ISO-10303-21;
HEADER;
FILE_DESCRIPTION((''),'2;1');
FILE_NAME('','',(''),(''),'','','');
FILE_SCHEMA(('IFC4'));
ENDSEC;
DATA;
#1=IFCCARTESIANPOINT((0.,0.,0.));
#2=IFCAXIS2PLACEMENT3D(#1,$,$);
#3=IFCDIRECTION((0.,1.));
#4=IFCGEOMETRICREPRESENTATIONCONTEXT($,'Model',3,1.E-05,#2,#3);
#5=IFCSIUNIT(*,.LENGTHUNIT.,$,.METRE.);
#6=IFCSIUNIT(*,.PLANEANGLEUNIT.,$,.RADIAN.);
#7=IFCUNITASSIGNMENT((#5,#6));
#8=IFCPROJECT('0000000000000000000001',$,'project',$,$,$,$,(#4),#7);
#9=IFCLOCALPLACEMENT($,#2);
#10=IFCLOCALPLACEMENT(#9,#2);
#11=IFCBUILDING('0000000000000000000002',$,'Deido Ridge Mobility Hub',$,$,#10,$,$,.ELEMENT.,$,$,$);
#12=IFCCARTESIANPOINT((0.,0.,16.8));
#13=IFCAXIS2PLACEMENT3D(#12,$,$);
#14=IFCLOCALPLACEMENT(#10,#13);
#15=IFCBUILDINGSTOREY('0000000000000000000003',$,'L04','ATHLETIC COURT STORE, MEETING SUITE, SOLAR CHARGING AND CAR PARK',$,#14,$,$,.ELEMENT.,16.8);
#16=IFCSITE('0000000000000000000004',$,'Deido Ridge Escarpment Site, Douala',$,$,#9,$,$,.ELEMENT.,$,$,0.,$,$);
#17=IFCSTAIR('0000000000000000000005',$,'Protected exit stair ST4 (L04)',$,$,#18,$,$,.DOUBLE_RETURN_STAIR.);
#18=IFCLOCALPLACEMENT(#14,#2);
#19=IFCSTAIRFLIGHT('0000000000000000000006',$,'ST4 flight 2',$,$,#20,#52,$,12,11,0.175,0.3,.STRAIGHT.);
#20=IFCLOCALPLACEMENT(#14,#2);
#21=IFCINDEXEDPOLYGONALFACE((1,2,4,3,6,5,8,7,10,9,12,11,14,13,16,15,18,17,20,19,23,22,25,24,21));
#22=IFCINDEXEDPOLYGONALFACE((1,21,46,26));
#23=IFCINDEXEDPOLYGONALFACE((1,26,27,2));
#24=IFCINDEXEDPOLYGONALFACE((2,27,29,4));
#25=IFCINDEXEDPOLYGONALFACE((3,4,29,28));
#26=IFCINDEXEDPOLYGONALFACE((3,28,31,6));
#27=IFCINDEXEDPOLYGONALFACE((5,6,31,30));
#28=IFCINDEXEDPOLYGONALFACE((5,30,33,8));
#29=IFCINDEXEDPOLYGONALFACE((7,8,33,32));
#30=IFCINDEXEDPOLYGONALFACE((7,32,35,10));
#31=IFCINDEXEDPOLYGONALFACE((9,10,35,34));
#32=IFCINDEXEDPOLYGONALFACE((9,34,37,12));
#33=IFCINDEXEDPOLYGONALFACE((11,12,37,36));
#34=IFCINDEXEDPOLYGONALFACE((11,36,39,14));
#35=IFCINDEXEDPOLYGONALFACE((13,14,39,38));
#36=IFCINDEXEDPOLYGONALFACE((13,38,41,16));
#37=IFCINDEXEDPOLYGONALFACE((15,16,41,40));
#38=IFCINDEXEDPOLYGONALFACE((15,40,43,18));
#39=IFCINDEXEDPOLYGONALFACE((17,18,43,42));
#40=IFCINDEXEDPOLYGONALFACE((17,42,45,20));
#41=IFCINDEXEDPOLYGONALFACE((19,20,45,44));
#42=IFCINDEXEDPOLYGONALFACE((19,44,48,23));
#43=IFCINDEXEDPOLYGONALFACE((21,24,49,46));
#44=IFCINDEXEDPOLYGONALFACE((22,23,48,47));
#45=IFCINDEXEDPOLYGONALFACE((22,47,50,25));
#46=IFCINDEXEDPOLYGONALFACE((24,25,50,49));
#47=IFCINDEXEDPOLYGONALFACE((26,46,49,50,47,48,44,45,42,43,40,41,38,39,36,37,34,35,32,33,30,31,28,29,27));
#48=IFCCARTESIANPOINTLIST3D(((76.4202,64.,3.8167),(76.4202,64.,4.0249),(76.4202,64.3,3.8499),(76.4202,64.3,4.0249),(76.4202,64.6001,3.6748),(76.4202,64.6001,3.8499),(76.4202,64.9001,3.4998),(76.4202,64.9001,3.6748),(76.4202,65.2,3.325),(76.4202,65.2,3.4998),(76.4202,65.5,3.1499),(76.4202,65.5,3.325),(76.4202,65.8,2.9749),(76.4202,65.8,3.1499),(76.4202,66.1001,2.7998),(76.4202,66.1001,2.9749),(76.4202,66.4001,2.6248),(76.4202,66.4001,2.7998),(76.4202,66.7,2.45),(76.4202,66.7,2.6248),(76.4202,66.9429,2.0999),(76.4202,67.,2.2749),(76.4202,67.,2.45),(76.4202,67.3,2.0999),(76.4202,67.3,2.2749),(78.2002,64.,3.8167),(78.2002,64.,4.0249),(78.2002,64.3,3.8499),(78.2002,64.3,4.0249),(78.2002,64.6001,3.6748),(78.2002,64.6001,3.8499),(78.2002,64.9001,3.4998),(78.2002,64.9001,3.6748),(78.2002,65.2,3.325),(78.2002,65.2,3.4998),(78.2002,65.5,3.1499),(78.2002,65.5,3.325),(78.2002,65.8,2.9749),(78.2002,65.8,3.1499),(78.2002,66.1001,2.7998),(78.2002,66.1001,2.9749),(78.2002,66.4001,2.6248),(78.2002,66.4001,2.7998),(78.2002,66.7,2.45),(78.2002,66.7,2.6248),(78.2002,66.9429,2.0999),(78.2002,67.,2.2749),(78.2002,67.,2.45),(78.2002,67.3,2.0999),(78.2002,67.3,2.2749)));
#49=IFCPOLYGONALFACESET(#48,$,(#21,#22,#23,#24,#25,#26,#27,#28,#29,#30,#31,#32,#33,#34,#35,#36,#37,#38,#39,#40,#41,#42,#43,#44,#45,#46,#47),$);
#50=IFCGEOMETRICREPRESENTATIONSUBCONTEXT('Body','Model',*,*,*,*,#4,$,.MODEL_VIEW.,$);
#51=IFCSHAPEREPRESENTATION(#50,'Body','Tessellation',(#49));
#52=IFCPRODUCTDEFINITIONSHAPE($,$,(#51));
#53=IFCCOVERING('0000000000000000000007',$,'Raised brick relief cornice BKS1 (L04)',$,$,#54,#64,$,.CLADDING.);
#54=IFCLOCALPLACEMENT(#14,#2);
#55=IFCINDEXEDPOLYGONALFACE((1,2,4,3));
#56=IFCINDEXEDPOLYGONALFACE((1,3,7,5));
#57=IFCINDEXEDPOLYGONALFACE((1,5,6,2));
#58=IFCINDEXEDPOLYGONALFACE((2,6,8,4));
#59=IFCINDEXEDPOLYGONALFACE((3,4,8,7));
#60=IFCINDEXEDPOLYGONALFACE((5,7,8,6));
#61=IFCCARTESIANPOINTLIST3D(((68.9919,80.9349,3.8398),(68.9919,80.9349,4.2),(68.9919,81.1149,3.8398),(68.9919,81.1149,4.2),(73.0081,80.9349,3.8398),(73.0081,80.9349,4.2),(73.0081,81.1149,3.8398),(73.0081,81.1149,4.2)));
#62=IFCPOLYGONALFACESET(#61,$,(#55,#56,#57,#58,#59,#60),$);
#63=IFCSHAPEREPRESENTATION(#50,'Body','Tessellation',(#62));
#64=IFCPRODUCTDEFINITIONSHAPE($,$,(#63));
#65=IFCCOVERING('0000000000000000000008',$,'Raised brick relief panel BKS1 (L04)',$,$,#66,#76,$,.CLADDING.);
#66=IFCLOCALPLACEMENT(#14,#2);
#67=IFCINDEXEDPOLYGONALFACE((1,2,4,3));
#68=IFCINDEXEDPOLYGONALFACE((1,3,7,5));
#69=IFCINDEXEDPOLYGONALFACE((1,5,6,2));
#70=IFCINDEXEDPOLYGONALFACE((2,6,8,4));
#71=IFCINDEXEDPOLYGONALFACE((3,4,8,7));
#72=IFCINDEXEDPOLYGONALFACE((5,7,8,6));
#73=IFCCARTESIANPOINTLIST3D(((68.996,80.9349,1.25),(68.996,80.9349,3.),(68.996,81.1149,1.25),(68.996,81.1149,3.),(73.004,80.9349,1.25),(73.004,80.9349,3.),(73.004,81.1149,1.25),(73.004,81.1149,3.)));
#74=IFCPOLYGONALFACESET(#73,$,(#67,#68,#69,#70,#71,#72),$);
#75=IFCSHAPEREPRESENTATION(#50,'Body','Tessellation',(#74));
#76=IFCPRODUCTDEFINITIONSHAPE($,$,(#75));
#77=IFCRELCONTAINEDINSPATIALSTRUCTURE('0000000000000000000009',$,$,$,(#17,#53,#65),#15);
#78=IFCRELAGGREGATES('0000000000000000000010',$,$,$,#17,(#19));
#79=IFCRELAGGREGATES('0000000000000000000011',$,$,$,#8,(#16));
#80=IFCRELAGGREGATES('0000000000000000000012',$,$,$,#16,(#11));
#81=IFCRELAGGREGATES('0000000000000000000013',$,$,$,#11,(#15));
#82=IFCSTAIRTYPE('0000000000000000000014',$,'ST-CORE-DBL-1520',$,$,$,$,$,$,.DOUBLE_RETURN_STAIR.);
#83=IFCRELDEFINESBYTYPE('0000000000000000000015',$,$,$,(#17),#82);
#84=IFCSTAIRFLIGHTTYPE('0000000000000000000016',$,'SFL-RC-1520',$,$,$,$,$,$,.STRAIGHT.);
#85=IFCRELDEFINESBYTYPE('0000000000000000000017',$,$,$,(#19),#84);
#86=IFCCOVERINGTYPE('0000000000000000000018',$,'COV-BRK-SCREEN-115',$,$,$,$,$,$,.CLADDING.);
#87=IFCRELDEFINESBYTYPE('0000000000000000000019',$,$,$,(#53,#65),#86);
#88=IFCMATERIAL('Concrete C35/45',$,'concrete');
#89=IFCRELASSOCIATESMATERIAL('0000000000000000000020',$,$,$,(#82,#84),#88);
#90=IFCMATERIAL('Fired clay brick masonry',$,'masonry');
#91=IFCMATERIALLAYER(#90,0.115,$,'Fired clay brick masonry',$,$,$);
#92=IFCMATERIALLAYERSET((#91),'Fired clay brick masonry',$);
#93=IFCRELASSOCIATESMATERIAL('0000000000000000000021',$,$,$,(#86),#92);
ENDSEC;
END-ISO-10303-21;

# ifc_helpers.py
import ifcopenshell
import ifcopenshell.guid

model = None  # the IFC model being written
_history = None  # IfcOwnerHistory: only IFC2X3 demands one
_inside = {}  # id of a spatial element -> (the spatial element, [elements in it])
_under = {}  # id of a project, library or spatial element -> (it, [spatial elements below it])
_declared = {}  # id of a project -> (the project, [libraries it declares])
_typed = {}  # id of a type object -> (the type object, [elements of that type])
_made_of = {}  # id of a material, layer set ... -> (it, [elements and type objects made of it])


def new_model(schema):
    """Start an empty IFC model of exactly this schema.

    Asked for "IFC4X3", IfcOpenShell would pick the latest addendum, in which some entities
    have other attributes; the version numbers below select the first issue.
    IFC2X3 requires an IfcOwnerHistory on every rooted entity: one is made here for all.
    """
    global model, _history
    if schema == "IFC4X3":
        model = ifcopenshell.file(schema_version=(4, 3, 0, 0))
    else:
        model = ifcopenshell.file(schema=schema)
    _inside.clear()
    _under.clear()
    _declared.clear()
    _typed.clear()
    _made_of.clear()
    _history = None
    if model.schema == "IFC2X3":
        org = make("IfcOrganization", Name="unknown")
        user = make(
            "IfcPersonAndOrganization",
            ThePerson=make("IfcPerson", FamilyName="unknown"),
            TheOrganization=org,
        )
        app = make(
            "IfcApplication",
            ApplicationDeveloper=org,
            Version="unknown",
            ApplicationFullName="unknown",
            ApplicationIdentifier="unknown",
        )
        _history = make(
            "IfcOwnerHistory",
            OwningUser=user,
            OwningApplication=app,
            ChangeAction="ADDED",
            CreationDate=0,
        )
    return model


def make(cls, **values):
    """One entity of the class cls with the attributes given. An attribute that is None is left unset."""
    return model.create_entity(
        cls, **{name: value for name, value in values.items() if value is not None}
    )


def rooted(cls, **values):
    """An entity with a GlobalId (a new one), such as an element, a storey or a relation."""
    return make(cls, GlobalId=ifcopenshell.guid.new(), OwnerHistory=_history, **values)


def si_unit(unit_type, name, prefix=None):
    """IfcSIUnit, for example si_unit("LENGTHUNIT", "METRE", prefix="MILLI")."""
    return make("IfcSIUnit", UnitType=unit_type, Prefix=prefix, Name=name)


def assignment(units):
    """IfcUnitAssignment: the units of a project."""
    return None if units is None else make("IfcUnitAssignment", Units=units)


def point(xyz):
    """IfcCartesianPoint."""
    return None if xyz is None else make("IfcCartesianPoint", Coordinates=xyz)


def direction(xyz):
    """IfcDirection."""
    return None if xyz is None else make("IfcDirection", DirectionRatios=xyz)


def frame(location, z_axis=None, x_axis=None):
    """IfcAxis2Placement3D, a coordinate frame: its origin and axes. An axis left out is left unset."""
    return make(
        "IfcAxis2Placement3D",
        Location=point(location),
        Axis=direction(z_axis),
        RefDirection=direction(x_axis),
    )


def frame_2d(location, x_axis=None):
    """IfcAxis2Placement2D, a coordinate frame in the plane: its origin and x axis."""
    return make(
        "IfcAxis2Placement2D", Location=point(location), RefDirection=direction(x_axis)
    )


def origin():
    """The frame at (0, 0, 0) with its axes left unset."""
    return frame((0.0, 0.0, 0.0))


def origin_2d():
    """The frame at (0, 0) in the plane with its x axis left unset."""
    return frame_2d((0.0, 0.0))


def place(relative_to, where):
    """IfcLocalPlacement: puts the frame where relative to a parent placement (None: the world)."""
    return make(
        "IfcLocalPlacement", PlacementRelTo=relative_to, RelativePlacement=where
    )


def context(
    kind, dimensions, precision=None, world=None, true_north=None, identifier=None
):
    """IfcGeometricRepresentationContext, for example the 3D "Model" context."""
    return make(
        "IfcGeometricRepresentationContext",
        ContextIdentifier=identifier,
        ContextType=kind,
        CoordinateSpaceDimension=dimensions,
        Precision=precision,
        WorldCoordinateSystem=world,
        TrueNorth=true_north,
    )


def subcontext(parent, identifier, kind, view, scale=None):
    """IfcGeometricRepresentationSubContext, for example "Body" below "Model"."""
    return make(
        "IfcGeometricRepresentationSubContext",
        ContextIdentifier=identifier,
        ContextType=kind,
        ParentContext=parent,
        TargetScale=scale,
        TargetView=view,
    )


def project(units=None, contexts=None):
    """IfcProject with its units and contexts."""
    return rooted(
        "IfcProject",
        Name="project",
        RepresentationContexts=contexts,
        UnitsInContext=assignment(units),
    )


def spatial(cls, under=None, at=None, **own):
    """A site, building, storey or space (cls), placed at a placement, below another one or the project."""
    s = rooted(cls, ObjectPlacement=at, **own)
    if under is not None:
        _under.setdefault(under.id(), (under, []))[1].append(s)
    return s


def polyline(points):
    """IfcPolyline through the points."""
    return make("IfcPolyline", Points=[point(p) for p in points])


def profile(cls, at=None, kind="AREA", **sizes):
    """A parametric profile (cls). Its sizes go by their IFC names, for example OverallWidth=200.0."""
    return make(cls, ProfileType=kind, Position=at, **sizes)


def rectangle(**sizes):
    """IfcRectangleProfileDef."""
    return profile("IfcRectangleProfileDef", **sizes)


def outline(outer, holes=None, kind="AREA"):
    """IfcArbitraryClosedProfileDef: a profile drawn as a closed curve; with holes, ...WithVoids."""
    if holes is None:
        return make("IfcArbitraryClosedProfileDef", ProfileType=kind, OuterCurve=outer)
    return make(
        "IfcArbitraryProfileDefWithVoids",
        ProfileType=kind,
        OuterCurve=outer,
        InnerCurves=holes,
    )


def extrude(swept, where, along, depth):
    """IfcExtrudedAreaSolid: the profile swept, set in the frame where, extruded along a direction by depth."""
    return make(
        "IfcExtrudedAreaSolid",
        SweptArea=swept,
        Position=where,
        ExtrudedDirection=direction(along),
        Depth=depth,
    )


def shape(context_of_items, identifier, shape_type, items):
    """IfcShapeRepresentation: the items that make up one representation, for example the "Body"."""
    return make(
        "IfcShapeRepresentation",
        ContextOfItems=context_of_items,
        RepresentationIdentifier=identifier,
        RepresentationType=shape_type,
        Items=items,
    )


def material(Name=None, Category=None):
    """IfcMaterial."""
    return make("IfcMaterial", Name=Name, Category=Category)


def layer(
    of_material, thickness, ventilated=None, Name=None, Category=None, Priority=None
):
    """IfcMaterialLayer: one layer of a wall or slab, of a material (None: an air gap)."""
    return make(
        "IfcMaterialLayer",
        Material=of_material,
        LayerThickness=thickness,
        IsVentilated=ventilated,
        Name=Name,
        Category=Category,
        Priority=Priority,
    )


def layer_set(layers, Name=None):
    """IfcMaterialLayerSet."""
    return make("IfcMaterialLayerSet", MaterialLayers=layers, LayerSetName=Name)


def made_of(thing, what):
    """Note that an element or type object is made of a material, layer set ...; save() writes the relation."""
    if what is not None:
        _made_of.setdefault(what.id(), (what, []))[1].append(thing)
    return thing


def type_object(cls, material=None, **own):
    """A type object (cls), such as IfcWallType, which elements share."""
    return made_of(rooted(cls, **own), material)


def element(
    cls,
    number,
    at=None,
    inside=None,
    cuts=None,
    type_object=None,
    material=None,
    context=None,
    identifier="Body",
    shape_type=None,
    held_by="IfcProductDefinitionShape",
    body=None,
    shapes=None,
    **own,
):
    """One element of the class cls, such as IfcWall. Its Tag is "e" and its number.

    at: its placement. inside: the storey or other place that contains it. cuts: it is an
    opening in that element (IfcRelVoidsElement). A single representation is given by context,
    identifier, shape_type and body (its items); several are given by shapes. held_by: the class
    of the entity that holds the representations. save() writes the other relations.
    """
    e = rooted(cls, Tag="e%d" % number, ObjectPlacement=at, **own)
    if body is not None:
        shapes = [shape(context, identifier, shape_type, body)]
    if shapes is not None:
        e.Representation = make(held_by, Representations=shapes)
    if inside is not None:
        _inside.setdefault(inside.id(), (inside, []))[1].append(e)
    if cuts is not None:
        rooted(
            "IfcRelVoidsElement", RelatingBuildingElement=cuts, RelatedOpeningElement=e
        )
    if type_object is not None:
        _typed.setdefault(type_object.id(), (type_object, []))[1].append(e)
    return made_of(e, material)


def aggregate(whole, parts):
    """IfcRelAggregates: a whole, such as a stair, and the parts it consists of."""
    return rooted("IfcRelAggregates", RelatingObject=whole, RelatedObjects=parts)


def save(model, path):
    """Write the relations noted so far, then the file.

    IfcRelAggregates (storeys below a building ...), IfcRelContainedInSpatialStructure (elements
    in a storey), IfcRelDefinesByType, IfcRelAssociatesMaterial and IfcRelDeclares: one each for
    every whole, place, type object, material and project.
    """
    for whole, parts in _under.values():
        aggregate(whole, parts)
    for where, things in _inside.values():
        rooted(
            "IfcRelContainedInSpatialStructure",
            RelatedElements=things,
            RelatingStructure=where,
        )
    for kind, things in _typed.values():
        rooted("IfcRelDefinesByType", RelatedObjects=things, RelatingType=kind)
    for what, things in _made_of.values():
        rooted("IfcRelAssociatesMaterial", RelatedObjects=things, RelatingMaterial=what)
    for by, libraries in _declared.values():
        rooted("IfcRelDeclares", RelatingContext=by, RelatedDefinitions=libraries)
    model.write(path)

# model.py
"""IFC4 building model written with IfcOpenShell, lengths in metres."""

from ifc_helpers import new_model, si_unit, direction, frame, origin, origin_2d, place, context, subcontext, project, spatial, polyline, rectangle, outline, extrude, material, layer, layer_set, type_object, element, aggregate, save


model = new_model("IFC4")

# Units and contexts
model_context = context("Model", 3, precision=1e-05, world=origin(), true_north=direction((0.0, 1.0)))
body_context = subcontext(model_context, "Body", "Model", "MODEL_VIEW")
ifc_project = project(units=[si_unit("LENGTHUNIT", "METRE"), si_unit("PLANEANGLEUNIT", "RADIAN")], contexts=[model_context])

# Site, building, storey
site_placement = place(None, origin())
site = spatial("IfcSite", under=ifc_project, at=site_placement, Name="Deido Ridge Escarpment Site, Douala", CompositionType="ELEMENT", RefElevation=0.0)
building_placement = place(site_placement, origin())
building = spatial("IfcBuilding", under=site, at=building_placement, Name="Deido Ridge Mobility Hub", CompositionType="ELEMENT")
storey_placement = place(building_placement, frame((0.0, 0.0, 16.8)))
storey = spatial("IfcBuildingStorey", under=building, at=storey_placement, Name="L04", Description="ATHLETIC COURT STORE, MEETING SUITE, SOLAR CHARGING AND CAR PARK", CompositionType="ELEMENT", Elevation=16.8)

# Shared definitions
ifc_material_1 = material(Name="Concrete C35/45", Category="concrete")

# Stair, stair flight
stair_type = type_object("IfcStairType", Name="ST-CORE-DBL-1520", PredefinedType="DOUBLE_RETURN_STAIR", material=ifc_material_1)
stair_placement = place(storey_placement, origin())
stair = element("IfcStair", 1, at=stair_placement, inside=storey, type_object=stair_type, Name="Protected exit stair ST4 (L04)", PredefinedType="DOUBLE_RETURN_STAIR")
stair_flight_type = type_object("IfcStairFlightType", Name="SFL-RC-1520", PredefinedType="STRAIGHT", material=ifc_material_1)
stair_flight_1_placement = place(storey_placement, frame((77.3101, 67.3, 2.0999), z_axis=(0.0, 0.0, 1.0), x_axis=(0.0, -1.0, 0.0)))
stair_flight_1 = element("IfcStairFlight", 2, at=stair_flight_1_placement, type_object=stair_flight_type, Name="ST4 flight 2", NumberOfRisers=12, NumberOfTreads=11, PredefinedType="STRAIGHT", RiserHeight=0.175, TreadLength=0.3, context=body_context, shape_type="SweptSolid", body=[
    extrude(outline(polyline([(0.0, 0.0), (0.0, 0.175), (0.3, 0.175), (0.3, 0.3501), (0.6001, 0.3501), (0.6001, 0.5249), (0.8999, 0.5249), (0.8999, 0.7), (1.2, 0.7), (1.2, 0.875), (1.5, 0.875), (1.5, 1.05), (1.8, 1.05), (1.8, 1.2251), (2.1001, 1.2251), (2.1001, 1.3999), (2.3999, 1.3999), (2.3999, 1.575), (2.7, 1.575), (2.7, 1.75), (3.0, 1.75), (3.0, 1.925), (3.3, 1.925), (3.3, 2.1001), (3.3, 1.7168), (0.3572, 0.0), (0.0, 0.0)])), frame((0.0, 0.8901, 0.0), z_axis=(0.0, -1.0, 0.0), x_axis=(1.0, 0.0, 0.0)), (0.0, 0.0, 1.0), 1.78),
])
aggregate(stair, [stair_flight_1])

# Coverings
ifc_material_2 = material(Name="Fired clay brick masonry", Category="masonry")
ifc_layer_1 = layer(ifc_material_2, 0.115, Name="Fired clay brick masonry")
ifc_layer_set_1 = layer_set([ifc_layer_1], Name="Fired clay brick masonry")
covering_type = type_object("IfcCoveringType", Name="COV-BRK-SCREEN-115", PredefinedType="CLADDING", material=ifc_layer_set_1)
covering_1_placement = place(storey_placement, frame((71.0, 81.0249, 3.8398), z_axis=(0.0, 0.0, 1.0), x_axis=(1.0, 0.0, 0.0)))
element("IfcCovering", 3, at=covering_1_placement, inside=storey, type_object=covering_type, Name="Raised brick relief cornice BKS1 (L04)", PredefinedType="CLADDING", context=body_context, shape_type="SweptSolid", body=[
    extrude(rectangle(XDim=4.0161, YDim=0.1799, at=origin_2d()), origin(), (0.0, 0.0, 1.0), 0.3601),
])
covering_2_placement = place(storey_placement, frame((71.0, 81.0249, 1.25), z_axis=(0.0, 0.0, 1.0), x_axis=(1.0, 0.0, 0.0)))
element("IfcCovering", 4, at=covering_2_placement, inside=storey, type_object=covering_type, Name="Raised brick relief panel BKS1 (L04)", PredefinedType="CLADDING", context=body_context, shape_type="SweptSolid", body=[
    extrude(rectangle(XDim=4.0081, YDim=0.1799, at=origin_2d()), origin(), (0.0, 0.0, 1.0), 1.75),
])

save(model, "model.ifc")
